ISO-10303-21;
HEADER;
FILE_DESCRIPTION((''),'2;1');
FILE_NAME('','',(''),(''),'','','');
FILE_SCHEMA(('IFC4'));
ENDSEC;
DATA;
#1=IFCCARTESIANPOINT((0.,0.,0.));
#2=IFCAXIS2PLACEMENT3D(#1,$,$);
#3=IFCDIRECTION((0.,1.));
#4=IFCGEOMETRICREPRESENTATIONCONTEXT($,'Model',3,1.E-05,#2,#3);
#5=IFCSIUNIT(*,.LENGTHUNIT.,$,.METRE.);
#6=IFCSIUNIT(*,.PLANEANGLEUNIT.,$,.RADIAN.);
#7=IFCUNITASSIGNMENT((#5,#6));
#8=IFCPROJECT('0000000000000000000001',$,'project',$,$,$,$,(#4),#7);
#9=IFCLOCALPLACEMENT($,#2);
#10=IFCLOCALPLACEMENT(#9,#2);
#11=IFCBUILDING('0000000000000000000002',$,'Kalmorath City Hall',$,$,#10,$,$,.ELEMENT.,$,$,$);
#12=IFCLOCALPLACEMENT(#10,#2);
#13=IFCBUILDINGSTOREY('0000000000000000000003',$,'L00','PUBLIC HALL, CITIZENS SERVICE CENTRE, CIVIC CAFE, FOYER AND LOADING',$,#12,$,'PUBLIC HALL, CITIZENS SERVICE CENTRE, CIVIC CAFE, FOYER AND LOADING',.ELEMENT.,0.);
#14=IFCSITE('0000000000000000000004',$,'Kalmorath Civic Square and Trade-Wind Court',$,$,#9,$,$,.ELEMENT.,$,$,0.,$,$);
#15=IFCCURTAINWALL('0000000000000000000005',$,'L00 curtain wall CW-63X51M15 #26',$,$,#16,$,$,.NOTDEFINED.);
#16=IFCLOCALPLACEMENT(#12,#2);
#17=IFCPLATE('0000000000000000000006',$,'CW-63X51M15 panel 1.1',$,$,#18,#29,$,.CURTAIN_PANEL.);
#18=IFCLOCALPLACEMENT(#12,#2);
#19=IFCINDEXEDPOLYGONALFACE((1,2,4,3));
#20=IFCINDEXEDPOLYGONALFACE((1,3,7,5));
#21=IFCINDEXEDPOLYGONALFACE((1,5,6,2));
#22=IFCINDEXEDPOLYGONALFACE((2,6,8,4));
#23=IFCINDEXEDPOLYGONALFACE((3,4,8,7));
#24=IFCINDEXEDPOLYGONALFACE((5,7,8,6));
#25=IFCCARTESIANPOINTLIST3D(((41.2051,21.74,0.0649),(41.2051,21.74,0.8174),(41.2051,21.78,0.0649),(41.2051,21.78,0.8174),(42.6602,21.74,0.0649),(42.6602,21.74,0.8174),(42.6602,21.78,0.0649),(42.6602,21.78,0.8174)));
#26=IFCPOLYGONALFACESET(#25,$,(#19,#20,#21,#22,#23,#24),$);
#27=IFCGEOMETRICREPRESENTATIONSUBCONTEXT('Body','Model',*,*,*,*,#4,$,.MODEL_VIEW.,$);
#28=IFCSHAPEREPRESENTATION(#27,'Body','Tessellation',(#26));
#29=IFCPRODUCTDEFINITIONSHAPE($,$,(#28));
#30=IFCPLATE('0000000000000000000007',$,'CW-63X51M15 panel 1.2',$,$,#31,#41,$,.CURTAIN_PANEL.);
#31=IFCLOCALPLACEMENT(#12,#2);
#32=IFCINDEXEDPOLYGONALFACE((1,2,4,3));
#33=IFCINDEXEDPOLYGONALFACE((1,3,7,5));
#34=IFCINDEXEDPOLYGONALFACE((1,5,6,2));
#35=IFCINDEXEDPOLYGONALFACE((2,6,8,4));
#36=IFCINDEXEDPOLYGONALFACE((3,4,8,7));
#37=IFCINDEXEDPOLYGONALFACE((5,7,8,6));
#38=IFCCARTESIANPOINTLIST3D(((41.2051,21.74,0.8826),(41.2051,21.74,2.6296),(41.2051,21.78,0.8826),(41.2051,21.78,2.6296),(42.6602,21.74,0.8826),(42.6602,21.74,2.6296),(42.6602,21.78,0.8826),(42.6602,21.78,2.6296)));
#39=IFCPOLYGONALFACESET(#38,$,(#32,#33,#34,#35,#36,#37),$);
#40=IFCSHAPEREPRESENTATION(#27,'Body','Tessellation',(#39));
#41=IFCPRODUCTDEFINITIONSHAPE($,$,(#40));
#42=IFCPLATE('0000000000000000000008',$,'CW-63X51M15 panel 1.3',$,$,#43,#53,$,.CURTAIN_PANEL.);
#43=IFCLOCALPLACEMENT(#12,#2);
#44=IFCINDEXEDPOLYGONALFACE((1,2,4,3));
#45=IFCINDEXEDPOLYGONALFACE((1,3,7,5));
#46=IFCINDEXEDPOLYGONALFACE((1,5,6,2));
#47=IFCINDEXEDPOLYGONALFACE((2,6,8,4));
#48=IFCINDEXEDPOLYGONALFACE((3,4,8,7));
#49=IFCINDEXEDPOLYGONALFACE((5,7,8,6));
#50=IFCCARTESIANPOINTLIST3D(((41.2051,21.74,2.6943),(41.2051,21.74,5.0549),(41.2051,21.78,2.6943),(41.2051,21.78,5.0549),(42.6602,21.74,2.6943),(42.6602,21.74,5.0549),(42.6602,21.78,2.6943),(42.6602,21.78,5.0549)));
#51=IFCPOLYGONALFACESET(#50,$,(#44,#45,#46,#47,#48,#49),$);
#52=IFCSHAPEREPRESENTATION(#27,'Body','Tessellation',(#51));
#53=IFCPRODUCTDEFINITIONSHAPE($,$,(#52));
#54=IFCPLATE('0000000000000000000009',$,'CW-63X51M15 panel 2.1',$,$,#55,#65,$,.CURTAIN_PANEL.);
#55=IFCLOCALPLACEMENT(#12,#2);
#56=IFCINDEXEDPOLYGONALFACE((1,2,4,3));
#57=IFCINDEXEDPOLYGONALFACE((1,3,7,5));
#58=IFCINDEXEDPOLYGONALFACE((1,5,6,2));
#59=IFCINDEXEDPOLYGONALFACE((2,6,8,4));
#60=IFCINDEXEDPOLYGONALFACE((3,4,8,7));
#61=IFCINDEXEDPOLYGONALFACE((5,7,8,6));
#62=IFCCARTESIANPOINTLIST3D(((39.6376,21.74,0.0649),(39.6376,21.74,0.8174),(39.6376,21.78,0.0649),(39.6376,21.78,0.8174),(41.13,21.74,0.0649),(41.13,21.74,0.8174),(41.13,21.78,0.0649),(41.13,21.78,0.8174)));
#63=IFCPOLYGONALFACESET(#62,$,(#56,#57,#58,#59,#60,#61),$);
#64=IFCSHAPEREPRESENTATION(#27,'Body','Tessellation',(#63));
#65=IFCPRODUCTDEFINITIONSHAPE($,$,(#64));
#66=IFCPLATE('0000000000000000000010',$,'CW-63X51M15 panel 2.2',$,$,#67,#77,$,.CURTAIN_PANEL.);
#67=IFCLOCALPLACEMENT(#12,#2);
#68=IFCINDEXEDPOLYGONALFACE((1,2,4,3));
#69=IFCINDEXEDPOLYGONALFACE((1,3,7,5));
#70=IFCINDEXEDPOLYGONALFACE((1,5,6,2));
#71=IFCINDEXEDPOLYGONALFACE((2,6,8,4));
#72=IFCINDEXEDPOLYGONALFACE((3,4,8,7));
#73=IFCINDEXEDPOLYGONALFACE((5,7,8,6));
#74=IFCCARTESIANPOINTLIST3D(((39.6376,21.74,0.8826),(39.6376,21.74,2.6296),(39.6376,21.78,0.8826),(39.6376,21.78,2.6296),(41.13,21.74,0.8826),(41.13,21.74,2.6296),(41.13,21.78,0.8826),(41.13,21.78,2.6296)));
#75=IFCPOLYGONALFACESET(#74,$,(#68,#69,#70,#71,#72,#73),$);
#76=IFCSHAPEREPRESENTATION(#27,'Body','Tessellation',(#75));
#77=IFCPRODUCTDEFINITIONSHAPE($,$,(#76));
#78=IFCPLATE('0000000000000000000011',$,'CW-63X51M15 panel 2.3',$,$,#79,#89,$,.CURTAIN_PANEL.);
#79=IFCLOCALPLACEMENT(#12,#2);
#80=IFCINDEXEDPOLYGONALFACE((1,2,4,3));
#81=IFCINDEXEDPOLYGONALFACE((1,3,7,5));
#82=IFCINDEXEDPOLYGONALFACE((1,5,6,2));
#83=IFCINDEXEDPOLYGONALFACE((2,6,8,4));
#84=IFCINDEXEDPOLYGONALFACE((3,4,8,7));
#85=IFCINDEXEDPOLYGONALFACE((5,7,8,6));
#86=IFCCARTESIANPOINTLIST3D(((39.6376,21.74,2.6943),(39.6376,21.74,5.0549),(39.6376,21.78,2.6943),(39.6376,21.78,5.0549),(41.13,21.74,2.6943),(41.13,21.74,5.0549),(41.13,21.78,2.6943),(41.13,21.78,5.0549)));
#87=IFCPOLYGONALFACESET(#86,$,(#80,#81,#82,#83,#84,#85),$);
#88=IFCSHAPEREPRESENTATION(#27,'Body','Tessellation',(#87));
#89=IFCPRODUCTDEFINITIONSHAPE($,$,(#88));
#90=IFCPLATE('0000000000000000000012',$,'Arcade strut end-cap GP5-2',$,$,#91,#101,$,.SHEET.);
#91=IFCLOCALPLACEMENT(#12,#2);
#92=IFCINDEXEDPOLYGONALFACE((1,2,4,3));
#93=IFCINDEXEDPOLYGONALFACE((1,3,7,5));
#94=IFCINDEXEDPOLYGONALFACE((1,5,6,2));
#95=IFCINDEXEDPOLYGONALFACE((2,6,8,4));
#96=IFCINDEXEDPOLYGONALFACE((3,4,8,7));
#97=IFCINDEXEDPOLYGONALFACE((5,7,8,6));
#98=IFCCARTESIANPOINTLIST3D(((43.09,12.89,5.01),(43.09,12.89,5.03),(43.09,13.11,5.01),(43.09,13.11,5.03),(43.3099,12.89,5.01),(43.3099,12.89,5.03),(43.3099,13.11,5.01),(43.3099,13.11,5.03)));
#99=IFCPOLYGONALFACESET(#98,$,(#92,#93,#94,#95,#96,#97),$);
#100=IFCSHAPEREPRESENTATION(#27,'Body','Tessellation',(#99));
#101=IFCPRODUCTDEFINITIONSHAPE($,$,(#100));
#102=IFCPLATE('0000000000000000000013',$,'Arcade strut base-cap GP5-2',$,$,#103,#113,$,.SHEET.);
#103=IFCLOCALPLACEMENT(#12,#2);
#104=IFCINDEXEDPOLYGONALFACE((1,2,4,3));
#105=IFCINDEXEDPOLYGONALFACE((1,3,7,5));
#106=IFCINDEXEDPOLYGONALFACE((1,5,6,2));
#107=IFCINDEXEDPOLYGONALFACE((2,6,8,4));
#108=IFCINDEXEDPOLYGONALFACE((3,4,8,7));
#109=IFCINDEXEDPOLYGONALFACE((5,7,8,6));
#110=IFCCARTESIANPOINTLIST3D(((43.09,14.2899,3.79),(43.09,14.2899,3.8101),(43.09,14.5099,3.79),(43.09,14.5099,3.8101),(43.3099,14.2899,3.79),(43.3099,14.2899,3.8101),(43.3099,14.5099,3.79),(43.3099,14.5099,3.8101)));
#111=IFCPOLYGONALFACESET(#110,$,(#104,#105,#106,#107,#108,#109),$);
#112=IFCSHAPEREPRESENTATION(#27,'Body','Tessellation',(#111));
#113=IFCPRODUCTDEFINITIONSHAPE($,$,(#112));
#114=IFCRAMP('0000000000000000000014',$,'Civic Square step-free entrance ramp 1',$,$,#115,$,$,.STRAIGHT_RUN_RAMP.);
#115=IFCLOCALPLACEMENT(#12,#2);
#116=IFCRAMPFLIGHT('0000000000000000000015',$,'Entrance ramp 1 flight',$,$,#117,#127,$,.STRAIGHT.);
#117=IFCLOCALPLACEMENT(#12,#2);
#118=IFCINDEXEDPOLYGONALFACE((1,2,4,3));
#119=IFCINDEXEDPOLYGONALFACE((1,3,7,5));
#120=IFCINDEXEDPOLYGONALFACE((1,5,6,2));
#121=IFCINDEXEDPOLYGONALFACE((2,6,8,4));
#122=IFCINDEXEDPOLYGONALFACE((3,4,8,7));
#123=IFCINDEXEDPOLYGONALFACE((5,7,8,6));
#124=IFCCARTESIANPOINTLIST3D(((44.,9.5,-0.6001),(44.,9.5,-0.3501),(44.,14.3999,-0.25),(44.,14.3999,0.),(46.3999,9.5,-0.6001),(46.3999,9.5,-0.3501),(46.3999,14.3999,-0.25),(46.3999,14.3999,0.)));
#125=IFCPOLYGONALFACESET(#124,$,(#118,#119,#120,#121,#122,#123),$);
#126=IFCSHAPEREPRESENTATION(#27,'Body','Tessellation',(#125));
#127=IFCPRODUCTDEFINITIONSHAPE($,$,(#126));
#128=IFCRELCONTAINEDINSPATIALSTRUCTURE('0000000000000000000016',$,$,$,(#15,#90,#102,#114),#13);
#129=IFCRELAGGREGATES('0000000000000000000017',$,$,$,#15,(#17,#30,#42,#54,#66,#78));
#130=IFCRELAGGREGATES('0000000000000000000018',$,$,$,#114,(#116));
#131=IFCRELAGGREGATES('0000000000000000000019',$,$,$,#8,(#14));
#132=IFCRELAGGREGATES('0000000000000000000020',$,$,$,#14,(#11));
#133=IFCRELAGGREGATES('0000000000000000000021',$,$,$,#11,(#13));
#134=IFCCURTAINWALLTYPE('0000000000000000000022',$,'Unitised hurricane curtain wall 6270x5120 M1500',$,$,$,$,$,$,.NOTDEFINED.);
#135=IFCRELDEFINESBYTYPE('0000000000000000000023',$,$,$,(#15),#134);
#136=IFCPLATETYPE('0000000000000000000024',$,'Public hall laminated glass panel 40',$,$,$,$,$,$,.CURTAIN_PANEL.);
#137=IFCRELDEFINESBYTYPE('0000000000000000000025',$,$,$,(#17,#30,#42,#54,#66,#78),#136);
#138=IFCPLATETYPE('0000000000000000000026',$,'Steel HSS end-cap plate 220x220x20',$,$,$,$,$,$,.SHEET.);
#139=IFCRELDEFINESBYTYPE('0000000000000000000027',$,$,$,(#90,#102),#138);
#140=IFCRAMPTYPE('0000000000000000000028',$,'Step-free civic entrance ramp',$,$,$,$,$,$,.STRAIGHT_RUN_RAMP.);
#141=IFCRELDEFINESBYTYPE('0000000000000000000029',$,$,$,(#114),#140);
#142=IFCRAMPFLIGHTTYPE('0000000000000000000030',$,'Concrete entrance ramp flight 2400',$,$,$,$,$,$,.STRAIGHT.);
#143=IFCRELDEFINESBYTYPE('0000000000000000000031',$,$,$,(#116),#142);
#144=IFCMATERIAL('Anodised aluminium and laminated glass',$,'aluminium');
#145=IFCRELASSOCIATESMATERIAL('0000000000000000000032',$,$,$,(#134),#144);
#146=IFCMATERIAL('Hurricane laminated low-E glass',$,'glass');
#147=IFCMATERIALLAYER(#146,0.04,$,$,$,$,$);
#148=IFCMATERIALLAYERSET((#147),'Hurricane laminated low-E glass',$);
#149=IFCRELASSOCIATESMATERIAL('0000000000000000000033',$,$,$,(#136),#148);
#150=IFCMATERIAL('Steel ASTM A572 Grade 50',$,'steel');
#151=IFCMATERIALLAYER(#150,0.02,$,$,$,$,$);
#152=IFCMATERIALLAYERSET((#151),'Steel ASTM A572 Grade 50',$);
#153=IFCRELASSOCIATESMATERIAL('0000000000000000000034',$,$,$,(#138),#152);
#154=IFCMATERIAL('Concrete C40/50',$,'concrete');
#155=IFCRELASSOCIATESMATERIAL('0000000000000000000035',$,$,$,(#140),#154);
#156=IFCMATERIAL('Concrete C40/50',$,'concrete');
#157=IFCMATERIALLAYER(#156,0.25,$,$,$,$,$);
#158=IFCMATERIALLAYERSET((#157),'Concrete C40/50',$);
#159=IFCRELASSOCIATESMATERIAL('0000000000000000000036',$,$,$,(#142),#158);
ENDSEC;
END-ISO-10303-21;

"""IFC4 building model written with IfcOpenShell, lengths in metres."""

from ifc_helpers import new_model, si_unit, direction, frame, origin, origin_2d, place, context, subcontext, project, spatial, polyline, rectangle, outline, extrude, material, layer, layer_set, type_object, element, aggregate, save


model = new_model("IFC4")

# Units and contexts
model_context = context("Model", 3, precision=1e-05, world=origin(), true_north=direction((0.0, 1.0)))
body_context = subcontext(model_context, "Body", "Model", "MODEL_VIEW")
ifc_project = project(units=[si_unit("LENGTHUNIT", "METRE"), si_unit("PLANEANGLEUNIT", "RADIAN")], contexts=[model_context])

# Site, building, storey
site_placement = place(None, origin())
site = spatial("IfcSite", under=ifc_project, at=site_placement, Name="Kalmorath Civic Square and Trade-Wind Court", CompositionType="ELEMENT", RefElevation=0.0)
building_placement = place(site_placement, origin())
building = spatial("IfcBuilding", under=site, at=building_placement, Name="Kalmorath City Hall", CompositionType="ELEMENT")
storey_placement = place(building_placement, origin())
storey = spatial("IfcBuildingStorey", under=building, at=storey_placement, Name="L00", Description="PUBLIC HALL, CITIZENS SERVICE CENTRE, CIVIC CAFE, FOYER AND LOADING", LongName="PUBLIC HALL, CITIZENS SERVICE CENTRE, CIVIC CAFE, FOYER AND LOADING", CompositionType="ELEMENT", Elevation=0.0)

# Curtain wall
ifc_material_1 = material(Name="Anodised aluminium and laminated glass", Category="aluminium")
curtain_wall_type_1 = type_object("IfcCurtainWallType", Name="Unitised hurricane curtain wall 6270x5120 M1500", PredefinedType="NOTDEFINED", material=ifc_material_1)
curtain_wall_1_placement = place(storey_placement, origin())
curtain_wall_1 = element("IfcCurtainWall", 1, at=curtain_wall_1_placement, inside=storey, type_object=curtain_wall_type_1, Name="L00 curtain wall CW-63X51M15 #26", PredefinedType="NOTDEFINED")

# Plates
ifc_material_2 = material(Name="Hurricane laminated low-E glass", Category="glass")
ifc_layer_1 = layer(ifc_material_2, 0.04)
ifc_layer_set_1 = layer_set([ifc_layer_1], Name="Hurricane laminated low-E glass")
plate_type_1 = type_object("IfcPlateType", Name="Public hall laminated glass panel 40", PredefinedType="CURTAIN_PANEL", material=ifc_layer_set_1)
plate_1_placement = place(storey_placement, frame((41.9326, 21.76, 0.0649), z_axis=(0.0, 0.0, 1.0), x_axis=(-1.0, 0.0, 0.0)))
plate_1 = element("IfcPlate", 2, at=plate_1_placement, type_object=plate_type_1, Name="CW-63X51M15 panel 1.1", PredefinedType="CURTAIN_PANEL", context=body_context, shape_type="SweptSolid", body=[
    extrude(rectangle(XDim=1.4551, YDim=0.04, at=origin_2d()), origin(), (0.0, 0.0, 1.0), 0.7524),
])
plate_2_placement = place(storey_placement, frame((41.9326, 21.76, 0.8826), z_axis=(0.0, 0.0, 1.0), x_axis=(-1.0, 0.0, 0.0)))
plate_2 = element("IfcPlate", 3, at=plate_2_placement, type_object=plate_type_1, Name="CW-63X51M15 panel 1.2", PredefinedType="CURTAIN_PANEL", context=body_context, shape_type="SweptSolid", body=[
    extrude(rectangle(XDim=1.4551, YDim=0.04, at=origin_2d()), origin(), (0.0, 0.0, 1.0), 1.7471),
])
plate_3_placement = place(storey_placement, frame((41.9326, 21.76, 2.6943), z_axis=(0.0, 0.0, 1.0), x_axis=(-1.0, 0.0, 0.0)))
plate_3 = element("IfcPlate", 4, at=plate_3_placement, type_object=plate_type_1, Name="CW-63X51M15 panel 1.3", PredefinedType="CURTAIN_PANEL", context=body_context, shape_type="SweptSolid", body=[
    extrude(rectangle(XDim=1.4551, YDim=0.04, at=origin_2d()), origin(), (0.0, 0.0, 1.0), 2.3606),
])
plate_4_placement = place(storey_placement, frame((40.3838, 21.76, 0.0649), z_axis=(0.0, 0.0, 1.0), x_axis=(-1.0, 0.0, 0.0)))
plate_4 = element("IfcPlate", 5, at=plate_4_placement, type_object=plate_type_1, Name="CW-63X51M15 panel 2.1", PredefinedType="CURTAIN_PANEL", context=body_context, shape_type="SweptSolid", body=[
    extrude(rectangle(XDim=1.4924, YDim=0.04, at=origin_2d()), origin(), (0.0, 0.0, 1.0), 0.7524),
])
plate_5_placement = place(storey_placement, frame((40.3838, 21.76, 0.8826), z_axis=(0.0, 0.0, 1.0), x_axis=(-1.0, 0.0, 0.0)))
plate_5 = element("IfcPlate", 6, at=plate_5_placement, type_object=plate_type_1, Name="CW-63X51M15 panel 2.2", PredefinedType="CURTAIN_PANEL", context=body_context, shape_type="SweptSolid", body=[
    extrude(rectangle(XDim=1.4924, YDim=0.04, at=origin_2d()), origin(), (0.0, 0.0, 1.0), 1.7471),
])
plate_6_placement = place(storey_placement, frame((40.3838, 21.76, 2.6943), z_axis=(0.0, 0.0, 1.0), x_axis=(-1.0, 0.0, 0.0)))
plate_6 = element("IfcPlate", 7, at=plate_6_placement, type_object=plate_type_1, Name="CW-63X51M15 panel 2.3", PredefinedType="CURTAIN_PANEL", context=body_context, shape_type="SweptSolid", body=[
    extrude(rectangle(XDim=1.4924, YDim=0.04, at=origin_2d()), origin(), (0.0, 0.0, 1.0), 2.3606),
])
aggregate(curtain_wall_1, [plate_1, plate_2, plate_3, plate_4, plate_5, plate_6])

# Plates
ifc_material_3 = material(Name="Steel ASTM A572 Grade 50", Category="steel")
ifc_layer_2 = layer(ifc_material_3, 0.02)
ifc_layer_set_2 = layer_set([ifc_layer_2], Name="Steel ASTM A572 Grade 50")
plate_type_2 = type_object("IfcPlateType", Name="Steel HSS end-cap plate 220x220x20", PredefinedType="SHEET", material=ifc_layer_set_2)
for number, where, z_axis, x_axis, name in (
    (8, (43.2, 13.0, 5.01), (0.0, 0.0, 1.0), (1.0, 0.0, 0.0), "Arcade strut end-cap GP5-2"),
    (9, (43.2, 14.3999, 3.79), (0.0, 0.0, 1.0), (1.0, 0.0, 0.0), "Arcade strut base-cap GP5-2"),
):
    element("IfcPlate", number, at=place(storey_placement, frame(where, z_axis=z_axis, x_axis=x_axis)), inside=storey, type_object=plate_type_2, Name=name, PredefinedType="SHEET", context=body_context, shape_type="SweptSolid", body=[
        extrude(rectangle(XDim=0.22, YDim=0.22, at=origin_2d()), origin(), (0.0, 0.0, 1.0), 0.02),
    ])

# Ramp, ramp flight
ifc_material_4 = material(Name="Concrete C40/50", Category="concrete")
ramp_type = type_object("IfcRampType", Name="Step-free civic entrance ramp", PredefinedType="STRAIGHT_RUN_RAMP", material=ifc_material_4)
ramp_placement = place(storey_placement, origin())
ramp = element("IfcRamp", 10, at=ramp_placement, inside=storey, type_object=ramp_type, Name="Civic Square step-free entrance ramp 1", PredefinedType="STRAIGHT_RUN_RAMP")
ifc_material_5 = material(Name="Concrete C40/50", Category="concrete")
ifc_layer_3 = layer(ifc_material_5, 0.25)
ifc_layer_set_3 = layer_set([ifc_layer_3], Name="Concrete C40/50")
ramp_flight_type = type_object("IfcRampFlightType", Name="Concrete entrance ramp flight 2400", PredefinedType="STRAIGHT", material=ifc_layer_set_3)
ramp_flight_placement = place(storey_placement, frame((45.2, 9.5, -0.3501), z_axis=(0.0, 0.0, 1.0), x_axis=(0.0, 1.0, 0.0)))
ramp_flight = element("IfcRampFlight", 11, at=ramp_flight_placement, type_object=ramp_flight_type, Name="Entrance ramp 1 flight", PredefinedType="STRAIGHT", context=body_context, shape_type="SweptSolid", body=[
    extrude(outline(polyline([(0.0, -0.25), (4.8999, 0.1001), (4.8999, 0.3501), (0.0, 0.0), (0.0, -0.25)])), frame((0.0, 1.2, 0.0), z_axis=(0.0, -1.0, 0.0), x_axis=(1.0, 0.0, 0.0)), (0.0, 0.0, 1.0), 2.3999),
])
aggregate(ramp, [ramp_flight])

save(model, "model.ifc")
